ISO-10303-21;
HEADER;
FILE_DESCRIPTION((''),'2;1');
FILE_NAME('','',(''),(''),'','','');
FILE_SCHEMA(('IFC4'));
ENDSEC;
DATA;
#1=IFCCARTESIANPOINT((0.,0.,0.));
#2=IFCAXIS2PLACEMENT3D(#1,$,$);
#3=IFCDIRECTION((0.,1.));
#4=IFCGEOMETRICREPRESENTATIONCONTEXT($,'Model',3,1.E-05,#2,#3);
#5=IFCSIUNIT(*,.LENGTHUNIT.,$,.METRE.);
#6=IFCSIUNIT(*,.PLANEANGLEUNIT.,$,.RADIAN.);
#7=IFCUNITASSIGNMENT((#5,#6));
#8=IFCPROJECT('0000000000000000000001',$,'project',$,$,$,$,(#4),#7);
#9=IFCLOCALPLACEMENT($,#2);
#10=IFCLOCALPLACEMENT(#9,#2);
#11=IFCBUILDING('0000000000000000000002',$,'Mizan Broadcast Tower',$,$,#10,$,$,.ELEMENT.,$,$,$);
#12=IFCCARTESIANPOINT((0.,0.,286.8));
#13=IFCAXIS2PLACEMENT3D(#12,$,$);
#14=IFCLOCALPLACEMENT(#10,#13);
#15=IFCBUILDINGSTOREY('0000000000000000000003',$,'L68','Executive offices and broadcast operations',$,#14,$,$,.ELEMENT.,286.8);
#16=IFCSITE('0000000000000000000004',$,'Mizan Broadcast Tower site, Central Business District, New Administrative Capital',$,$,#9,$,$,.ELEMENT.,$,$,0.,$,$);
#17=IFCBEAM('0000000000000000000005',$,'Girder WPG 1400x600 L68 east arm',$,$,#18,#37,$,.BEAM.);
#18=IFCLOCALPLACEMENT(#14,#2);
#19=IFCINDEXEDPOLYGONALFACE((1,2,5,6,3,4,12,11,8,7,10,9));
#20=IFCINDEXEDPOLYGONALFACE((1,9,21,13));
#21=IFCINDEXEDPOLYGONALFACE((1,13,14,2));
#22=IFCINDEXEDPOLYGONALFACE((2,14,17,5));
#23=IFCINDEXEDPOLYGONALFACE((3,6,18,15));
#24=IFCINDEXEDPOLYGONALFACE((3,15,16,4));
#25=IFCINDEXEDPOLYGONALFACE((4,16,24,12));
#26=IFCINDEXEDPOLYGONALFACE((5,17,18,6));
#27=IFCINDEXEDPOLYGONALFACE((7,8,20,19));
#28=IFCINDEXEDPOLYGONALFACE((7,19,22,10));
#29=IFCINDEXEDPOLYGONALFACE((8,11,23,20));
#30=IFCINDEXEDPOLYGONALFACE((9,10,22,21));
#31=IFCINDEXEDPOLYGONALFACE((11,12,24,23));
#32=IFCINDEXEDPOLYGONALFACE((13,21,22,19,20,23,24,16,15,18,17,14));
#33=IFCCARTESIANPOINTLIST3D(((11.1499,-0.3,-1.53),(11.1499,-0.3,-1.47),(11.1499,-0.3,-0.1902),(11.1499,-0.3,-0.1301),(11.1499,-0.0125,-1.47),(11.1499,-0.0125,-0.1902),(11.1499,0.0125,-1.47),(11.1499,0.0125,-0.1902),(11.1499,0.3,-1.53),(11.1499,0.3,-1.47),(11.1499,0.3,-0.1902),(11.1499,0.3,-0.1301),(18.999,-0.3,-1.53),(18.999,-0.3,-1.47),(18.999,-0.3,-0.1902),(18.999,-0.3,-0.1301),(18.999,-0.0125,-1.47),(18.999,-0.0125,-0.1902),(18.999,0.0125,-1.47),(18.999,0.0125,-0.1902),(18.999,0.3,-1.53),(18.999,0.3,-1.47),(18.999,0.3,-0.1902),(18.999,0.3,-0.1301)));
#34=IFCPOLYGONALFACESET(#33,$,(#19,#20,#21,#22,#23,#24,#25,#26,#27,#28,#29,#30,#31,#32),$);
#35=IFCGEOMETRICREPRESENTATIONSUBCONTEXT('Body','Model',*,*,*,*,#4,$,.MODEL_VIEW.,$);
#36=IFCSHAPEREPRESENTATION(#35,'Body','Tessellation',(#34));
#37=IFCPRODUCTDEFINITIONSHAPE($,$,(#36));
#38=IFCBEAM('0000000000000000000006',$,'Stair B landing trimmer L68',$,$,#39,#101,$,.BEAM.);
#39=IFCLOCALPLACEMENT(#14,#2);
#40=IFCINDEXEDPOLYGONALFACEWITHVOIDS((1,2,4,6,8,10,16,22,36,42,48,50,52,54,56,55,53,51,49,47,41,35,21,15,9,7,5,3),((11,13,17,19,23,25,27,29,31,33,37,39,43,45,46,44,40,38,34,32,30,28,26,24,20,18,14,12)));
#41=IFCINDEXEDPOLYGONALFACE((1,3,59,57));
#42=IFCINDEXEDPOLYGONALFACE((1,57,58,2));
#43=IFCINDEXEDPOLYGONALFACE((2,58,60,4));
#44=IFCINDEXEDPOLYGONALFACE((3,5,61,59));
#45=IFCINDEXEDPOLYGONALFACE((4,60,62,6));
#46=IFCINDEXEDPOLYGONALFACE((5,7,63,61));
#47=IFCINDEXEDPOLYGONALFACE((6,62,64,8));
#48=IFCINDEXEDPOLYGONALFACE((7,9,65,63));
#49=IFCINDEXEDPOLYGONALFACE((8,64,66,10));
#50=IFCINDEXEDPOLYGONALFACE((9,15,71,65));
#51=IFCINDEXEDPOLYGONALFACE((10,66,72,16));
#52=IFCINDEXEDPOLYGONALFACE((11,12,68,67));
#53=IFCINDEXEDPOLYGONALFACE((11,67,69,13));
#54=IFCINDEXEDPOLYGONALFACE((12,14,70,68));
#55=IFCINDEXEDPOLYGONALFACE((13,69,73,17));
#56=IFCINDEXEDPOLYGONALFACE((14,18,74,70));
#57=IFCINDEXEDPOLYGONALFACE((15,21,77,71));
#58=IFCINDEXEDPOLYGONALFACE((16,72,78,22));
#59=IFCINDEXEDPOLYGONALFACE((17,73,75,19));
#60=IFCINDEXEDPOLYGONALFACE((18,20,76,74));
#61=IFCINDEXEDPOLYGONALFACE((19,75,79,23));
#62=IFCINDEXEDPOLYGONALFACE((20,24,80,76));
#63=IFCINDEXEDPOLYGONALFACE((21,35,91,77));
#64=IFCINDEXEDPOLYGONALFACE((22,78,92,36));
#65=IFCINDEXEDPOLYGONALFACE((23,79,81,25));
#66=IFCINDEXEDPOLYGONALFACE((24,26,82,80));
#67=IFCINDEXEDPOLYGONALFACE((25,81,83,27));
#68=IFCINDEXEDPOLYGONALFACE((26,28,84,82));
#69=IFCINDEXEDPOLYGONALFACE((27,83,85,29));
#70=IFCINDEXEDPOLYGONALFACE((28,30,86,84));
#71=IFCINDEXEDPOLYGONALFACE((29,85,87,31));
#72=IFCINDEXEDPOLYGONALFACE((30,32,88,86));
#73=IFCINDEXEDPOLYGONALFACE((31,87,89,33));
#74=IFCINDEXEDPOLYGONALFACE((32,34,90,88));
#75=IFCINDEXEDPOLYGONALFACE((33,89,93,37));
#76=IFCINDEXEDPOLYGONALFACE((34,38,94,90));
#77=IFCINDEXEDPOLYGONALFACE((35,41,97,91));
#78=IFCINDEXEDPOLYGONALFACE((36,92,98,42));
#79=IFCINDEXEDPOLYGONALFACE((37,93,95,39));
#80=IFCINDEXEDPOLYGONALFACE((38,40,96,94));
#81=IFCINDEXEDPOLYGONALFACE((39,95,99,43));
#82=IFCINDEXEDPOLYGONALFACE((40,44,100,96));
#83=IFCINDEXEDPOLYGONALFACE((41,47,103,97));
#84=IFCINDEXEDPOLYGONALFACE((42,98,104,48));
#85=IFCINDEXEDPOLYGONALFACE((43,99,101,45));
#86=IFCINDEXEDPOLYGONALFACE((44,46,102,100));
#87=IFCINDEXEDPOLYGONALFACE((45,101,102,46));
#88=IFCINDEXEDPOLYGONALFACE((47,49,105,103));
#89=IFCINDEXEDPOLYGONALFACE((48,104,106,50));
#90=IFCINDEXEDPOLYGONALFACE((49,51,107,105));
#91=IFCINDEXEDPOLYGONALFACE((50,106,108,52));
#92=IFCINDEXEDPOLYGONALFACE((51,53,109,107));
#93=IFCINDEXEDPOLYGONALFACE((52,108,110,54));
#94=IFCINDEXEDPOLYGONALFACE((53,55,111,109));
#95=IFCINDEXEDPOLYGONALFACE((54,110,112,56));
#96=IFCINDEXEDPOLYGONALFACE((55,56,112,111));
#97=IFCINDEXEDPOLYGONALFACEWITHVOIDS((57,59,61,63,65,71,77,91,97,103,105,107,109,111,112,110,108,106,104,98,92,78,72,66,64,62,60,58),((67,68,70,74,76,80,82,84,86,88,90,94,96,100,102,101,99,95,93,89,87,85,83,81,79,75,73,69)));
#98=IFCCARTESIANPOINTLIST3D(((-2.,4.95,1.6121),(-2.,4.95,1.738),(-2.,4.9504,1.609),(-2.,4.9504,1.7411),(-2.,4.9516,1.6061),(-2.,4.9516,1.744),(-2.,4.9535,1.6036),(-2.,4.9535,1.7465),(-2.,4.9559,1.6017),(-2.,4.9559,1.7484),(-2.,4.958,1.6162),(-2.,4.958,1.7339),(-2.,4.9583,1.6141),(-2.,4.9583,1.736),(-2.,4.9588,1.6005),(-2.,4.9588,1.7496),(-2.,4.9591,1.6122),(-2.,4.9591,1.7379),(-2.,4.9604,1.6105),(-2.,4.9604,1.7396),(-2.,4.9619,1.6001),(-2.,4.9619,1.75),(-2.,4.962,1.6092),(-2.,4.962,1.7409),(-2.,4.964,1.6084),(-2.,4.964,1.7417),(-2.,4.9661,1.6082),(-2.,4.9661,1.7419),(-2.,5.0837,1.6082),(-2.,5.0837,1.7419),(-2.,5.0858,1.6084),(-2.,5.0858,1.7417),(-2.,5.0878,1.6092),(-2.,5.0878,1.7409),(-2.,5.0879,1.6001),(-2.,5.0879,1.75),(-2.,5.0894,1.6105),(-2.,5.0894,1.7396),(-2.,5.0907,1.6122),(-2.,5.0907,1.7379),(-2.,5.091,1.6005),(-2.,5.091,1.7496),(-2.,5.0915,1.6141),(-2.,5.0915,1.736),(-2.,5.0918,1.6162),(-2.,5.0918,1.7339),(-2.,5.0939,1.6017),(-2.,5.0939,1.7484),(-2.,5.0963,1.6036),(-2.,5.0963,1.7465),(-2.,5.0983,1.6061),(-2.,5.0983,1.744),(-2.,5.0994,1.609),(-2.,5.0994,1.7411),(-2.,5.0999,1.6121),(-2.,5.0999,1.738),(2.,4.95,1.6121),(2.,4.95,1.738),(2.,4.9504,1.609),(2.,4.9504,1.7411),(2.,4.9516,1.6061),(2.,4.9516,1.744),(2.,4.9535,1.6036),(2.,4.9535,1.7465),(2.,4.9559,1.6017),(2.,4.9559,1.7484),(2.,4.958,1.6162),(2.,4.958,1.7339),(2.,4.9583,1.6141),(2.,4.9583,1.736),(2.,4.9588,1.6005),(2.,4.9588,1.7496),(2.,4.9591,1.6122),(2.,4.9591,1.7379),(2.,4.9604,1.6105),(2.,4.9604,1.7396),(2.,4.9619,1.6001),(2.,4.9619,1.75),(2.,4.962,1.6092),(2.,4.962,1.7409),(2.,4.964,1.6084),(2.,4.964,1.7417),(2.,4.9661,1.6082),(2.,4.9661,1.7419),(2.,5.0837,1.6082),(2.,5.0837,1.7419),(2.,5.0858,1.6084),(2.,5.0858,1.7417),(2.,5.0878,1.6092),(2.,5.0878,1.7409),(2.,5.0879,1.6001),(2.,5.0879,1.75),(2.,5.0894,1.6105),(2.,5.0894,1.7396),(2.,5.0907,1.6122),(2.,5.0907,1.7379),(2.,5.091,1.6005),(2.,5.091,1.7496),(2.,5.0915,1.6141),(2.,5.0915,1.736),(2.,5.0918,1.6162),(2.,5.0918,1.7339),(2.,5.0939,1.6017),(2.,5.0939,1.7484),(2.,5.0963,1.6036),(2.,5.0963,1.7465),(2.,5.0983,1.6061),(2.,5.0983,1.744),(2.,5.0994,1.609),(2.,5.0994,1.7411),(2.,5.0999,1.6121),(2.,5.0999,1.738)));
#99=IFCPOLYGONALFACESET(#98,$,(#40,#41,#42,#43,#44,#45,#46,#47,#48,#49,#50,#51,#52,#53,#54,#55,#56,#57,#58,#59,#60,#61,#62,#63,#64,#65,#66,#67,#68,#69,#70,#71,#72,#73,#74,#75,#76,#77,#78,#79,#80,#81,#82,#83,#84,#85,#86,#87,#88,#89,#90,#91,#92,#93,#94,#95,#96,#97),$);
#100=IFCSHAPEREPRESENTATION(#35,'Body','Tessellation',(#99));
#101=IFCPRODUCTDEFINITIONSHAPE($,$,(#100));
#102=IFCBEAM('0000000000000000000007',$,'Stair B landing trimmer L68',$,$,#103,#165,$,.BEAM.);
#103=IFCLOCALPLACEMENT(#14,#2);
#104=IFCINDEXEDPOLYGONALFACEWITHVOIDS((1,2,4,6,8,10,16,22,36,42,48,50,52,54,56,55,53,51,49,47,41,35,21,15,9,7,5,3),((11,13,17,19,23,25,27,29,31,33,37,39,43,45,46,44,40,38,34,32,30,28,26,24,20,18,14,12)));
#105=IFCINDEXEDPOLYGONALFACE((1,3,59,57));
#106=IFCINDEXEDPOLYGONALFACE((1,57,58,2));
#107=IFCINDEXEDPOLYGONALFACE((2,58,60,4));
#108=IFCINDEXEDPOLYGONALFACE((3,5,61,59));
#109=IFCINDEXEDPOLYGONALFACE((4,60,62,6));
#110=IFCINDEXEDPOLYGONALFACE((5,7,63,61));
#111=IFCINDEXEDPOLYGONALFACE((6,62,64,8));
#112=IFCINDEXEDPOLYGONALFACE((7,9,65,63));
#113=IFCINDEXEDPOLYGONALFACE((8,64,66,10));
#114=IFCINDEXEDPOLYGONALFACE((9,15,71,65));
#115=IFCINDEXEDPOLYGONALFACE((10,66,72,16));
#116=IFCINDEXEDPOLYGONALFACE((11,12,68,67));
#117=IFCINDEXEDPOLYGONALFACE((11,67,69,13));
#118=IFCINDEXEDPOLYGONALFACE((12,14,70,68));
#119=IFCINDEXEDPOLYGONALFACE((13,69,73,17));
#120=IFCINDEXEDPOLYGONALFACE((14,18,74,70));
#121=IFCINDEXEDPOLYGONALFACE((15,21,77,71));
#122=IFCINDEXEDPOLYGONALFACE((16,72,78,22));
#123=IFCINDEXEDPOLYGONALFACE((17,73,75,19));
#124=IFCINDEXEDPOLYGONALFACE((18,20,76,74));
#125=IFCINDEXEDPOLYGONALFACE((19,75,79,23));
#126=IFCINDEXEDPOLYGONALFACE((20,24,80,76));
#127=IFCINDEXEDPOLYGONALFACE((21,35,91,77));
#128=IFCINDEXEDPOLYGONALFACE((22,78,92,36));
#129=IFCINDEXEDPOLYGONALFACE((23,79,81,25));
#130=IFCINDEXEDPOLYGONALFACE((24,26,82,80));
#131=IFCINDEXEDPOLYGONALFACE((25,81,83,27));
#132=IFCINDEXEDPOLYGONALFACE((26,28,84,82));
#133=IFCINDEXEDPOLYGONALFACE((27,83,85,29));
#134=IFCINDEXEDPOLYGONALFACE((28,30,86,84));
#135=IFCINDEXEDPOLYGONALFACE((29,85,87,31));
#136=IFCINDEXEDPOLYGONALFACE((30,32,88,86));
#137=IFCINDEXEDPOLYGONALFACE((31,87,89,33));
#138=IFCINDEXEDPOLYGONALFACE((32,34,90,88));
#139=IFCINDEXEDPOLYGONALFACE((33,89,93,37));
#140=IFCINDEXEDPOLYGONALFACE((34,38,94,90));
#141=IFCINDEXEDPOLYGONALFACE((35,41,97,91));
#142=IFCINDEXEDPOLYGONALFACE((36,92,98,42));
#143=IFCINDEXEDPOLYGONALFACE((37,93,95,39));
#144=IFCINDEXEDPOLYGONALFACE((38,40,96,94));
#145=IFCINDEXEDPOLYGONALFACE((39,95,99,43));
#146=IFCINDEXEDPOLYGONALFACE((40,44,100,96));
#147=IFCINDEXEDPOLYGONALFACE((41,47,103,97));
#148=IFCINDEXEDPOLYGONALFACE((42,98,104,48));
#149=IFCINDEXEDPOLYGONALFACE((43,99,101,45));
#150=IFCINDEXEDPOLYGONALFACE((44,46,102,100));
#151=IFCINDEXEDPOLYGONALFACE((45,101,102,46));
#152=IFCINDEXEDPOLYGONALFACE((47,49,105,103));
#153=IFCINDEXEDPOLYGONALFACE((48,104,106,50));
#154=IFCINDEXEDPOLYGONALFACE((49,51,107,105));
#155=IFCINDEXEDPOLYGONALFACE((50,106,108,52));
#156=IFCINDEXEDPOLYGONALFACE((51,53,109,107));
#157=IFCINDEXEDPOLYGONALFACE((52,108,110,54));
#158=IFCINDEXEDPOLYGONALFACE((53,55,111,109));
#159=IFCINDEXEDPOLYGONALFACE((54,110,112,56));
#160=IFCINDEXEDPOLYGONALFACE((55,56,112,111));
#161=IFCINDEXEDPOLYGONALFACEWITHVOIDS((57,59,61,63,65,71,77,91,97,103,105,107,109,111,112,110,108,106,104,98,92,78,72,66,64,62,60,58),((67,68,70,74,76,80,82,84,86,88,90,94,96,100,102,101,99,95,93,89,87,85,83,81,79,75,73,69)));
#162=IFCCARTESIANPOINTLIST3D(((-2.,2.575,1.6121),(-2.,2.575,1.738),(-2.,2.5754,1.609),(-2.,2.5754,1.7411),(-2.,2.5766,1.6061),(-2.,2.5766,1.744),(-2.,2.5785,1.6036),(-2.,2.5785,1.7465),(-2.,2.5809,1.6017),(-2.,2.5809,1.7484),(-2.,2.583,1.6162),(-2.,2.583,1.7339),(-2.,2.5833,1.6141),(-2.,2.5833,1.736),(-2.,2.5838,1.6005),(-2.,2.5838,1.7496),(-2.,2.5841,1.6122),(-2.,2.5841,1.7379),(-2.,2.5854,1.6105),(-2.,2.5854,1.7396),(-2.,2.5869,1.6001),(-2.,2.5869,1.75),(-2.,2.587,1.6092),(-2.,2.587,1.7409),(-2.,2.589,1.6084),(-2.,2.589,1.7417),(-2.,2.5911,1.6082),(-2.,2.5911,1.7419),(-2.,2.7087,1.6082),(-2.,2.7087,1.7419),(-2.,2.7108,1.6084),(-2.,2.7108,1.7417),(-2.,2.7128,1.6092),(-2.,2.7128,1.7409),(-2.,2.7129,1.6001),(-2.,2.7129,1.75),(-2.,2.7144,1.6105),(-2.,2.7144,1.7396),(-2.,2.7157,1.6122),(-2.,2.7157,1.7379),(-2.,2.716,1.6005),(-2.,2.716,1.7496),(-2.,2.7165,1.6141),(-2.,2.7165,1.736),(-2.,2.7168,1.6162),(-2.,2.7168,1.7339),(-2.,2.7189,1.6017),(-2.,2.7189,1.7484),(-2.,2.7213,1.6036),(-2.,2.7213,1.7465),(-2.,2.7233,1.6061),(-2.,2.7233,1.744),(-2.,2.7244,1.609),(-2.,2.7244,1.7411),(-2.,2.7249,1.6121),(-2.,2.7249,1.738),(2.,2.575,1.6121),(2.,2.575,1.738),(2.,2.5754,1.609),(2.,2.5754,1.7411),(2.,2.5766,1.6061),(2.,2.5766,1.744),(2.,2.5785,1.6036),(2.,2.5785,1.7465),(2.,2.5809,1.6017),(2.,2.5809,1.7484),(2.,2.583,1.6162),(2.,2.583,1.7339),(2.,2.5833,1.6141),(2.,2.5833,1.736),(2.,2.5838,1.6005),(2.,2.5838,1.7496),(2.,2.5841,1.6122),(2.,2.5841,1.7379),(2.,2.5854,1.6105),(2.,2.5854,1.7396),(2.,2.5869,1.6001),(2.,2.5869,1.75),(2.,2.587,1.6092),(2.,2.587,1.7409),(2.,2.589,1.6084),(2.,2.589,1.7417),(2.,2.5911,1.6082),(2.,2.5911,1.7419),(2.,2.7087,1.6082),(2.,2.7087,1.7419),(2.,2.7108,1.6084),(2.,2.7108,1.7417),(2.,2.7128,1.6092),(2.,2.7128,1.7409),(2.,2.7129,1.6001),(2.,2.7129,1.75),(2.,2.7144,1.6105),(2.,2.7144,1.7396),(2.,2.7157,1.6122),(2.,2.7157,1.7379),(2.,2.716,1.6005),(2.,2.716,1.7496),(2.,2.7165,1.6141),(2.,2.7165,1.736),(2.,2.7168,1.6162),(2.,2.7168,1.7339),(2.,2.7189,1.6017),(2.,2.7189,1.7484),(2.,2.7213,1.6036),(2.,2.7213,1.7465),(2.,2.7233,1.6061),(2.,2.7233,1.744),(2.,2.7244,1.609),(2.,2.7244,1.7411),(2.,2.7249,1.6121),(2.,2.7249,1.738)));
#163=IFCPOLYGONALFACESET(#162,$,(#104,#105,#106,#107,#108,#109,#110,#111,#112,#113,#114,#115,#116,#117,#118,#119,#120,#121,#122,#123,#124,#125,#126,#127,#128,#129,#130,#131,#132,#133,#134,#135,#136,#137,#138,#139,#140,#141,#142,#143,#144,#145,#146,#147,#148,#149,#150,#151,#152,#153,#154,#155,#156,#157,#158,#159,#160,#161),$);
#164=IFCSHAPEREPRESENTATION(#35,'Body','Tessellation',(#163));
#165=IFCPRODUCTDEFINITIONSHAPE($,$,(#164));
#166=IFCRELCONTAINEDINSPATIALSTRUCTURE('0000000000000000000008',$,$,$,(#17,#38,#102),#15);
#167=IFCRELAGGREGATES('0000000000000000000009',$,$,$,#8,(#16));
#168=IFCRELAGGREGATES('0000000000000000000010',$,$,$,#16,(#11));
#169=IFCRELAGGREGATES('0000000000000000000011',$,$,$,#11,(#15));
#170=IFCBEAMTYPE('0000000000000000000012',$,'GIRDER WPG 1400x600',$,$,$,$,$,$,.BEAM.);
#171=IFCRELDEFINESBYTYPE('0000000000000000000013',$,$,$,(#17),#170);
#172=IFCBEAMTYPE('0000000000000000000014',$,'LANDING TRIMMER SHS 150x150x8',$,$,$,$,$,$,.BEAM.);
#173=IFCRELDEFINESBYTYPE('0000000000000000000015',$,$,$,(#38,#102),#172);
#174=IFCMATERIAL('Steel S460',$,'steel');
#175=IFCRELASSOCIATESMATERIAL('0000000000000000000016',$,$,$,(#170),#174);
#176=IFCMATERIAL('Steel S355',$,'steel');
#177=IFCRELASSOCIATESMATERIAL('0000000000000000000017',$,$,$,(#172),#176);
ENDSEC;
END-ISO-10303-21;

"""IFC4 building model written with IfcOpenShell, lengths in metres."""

from ifc_helpers import new_model, si_unit, direction, frame, origin, origin_2d, place, context, subcontext, project, spatial, hollow_rectangle, i_section, extrude, material, material_profile, profile_set, type_object, element, save


model = new_model("IFC4")

# Units and contexts
model_context = context("Model", 3, precision=1e-05, world=origin(), true_north=direction((0.0, 1.0)))
body_context = subcontext(model_context, "Body", "Model", "MODEL_VIEW")
ifc_project = project(units=[si_unit("LENGTHUNIT", "METRE"), si_unit("PLANEANGLEUNIT", "RADIAN")], contexts=[model_context])

# Site, building, storey
site_placement = place(None, origin())
site = spatial("IfcSite", under=ifc_project, at=site_placement, Name="Mizan Broadcast Tower site, Central Business District, New Administrative Capital", CompositionType="ELEMENT", RefElevation=0.0)
building_placement = place(site_placement, origin())
building = spatial("IfcBuilding", under=site, at=building_placement, Name="Mizan Broadcast Tower", CompositionType="ELEMENT")
storey_placement = place(building_placement, frame((0.0, 0.0, 286.8)))
storey = spatial("IfcBuildingStorey", under=building, at=storey_placement, Name="L68", Description="Executive offices and broadcast operations", CompositionType="ELEMENT", Elevation=286.8)

# Beams
ifc_material_1 = material(Name="Steel S460", Category="steel")
ifc_material_profile_1 = material_profile(ifc_material_1, i_section(OverallWidth=0.6001, OverallDepth=1.3999, WebThickness=0.0249, FlangeThickness=0.0601, at=origin_2d()), Name="WPG 1400x600")
ifc_profile_set_1 = profile_set([ifc_material_profile_1], Name="Steel S460")
beam_type_1 = type_object("IfcBeamType", Name="GIRDER WPG 1400x600", PredefinedType="BEAM", material=ifc_profile_set_1)
beam_placement = place(storey_placement, frame((11.1499, 0.0, -0.8301), z_axis=(1.0, 0.0, 0.0), x_axis=(0.0, 1.0, 0.0)))
element("IfcBeam", 1, at=beam_placement, inside=storey, type_object=beam_type_1, Name="Girder WPG 1400x600 L68 east arm", PredefinedType="BEAM", context=body_context, shape_type="SweptSolid", body=[
    extrude(i_section(OverallWidth=0.6001, OverallDepth=1.3999, WebThickness=0.0249, FlangeThickness=0.0601, at=origin_2d()), origin(), (0.0, 0.0, 1.0), 7.8491),
])
ifc_material_2 = material(Name="Steel S355", Category="steel")
ifc_material_profile_2 = material_profile(ifc_material_2, hollow_rectangle(XDim=0.1499, YDim=0.1499, WallThickness=0.0081, InnerFilletRadius=0.0081, OuterFilletRadius=0.012, at=origin_2d()), Name="SHS 150x150x8")
ifc_profile_set_2 = profile_set([ifc_material_profile_2], Name="Steel S355")
beam_type_2 = type_object("IfcBeamType", Name="LANDING TRIMMER SHS 150x150x8", PredefinedType="BEAM", material=ifc_profile_set_2)
for number, where, z_axis, x_axis, name in (
    (2, (2.0, 5.0249, 1.675), (-1.0, 0.0, 0.0), (0.0, -1.0, 0.0), "Stair B landing trimmer L68"),
    (3, (2.0, 2.6499, 1.675), (-1.0, 0.0, 0.0), (0.0, -1.0, 0.0), "Stair B landing trimmer L68"),
):
    element("IfcBeam", number, at=place(storey_placement, frame(where, z_axis=z_axis, x_axis=x_axis)), inside=storey, type_object=beam_type_2, Name=name, PredefinedType="BEAM", context=body_context, shape_type="SweptSolid", body=[
        extrude(hollow_rectangle(XDim=0.1499, YDim=0.1499, WallThickness=0.0081, InnerFilletRadius=0.0081, OuterFilletRadius=0.012, at=origin_2d()), origin(), (0.0, 0.0, 1.0), 4.0),
    ])

save(model, "model.ifc")
